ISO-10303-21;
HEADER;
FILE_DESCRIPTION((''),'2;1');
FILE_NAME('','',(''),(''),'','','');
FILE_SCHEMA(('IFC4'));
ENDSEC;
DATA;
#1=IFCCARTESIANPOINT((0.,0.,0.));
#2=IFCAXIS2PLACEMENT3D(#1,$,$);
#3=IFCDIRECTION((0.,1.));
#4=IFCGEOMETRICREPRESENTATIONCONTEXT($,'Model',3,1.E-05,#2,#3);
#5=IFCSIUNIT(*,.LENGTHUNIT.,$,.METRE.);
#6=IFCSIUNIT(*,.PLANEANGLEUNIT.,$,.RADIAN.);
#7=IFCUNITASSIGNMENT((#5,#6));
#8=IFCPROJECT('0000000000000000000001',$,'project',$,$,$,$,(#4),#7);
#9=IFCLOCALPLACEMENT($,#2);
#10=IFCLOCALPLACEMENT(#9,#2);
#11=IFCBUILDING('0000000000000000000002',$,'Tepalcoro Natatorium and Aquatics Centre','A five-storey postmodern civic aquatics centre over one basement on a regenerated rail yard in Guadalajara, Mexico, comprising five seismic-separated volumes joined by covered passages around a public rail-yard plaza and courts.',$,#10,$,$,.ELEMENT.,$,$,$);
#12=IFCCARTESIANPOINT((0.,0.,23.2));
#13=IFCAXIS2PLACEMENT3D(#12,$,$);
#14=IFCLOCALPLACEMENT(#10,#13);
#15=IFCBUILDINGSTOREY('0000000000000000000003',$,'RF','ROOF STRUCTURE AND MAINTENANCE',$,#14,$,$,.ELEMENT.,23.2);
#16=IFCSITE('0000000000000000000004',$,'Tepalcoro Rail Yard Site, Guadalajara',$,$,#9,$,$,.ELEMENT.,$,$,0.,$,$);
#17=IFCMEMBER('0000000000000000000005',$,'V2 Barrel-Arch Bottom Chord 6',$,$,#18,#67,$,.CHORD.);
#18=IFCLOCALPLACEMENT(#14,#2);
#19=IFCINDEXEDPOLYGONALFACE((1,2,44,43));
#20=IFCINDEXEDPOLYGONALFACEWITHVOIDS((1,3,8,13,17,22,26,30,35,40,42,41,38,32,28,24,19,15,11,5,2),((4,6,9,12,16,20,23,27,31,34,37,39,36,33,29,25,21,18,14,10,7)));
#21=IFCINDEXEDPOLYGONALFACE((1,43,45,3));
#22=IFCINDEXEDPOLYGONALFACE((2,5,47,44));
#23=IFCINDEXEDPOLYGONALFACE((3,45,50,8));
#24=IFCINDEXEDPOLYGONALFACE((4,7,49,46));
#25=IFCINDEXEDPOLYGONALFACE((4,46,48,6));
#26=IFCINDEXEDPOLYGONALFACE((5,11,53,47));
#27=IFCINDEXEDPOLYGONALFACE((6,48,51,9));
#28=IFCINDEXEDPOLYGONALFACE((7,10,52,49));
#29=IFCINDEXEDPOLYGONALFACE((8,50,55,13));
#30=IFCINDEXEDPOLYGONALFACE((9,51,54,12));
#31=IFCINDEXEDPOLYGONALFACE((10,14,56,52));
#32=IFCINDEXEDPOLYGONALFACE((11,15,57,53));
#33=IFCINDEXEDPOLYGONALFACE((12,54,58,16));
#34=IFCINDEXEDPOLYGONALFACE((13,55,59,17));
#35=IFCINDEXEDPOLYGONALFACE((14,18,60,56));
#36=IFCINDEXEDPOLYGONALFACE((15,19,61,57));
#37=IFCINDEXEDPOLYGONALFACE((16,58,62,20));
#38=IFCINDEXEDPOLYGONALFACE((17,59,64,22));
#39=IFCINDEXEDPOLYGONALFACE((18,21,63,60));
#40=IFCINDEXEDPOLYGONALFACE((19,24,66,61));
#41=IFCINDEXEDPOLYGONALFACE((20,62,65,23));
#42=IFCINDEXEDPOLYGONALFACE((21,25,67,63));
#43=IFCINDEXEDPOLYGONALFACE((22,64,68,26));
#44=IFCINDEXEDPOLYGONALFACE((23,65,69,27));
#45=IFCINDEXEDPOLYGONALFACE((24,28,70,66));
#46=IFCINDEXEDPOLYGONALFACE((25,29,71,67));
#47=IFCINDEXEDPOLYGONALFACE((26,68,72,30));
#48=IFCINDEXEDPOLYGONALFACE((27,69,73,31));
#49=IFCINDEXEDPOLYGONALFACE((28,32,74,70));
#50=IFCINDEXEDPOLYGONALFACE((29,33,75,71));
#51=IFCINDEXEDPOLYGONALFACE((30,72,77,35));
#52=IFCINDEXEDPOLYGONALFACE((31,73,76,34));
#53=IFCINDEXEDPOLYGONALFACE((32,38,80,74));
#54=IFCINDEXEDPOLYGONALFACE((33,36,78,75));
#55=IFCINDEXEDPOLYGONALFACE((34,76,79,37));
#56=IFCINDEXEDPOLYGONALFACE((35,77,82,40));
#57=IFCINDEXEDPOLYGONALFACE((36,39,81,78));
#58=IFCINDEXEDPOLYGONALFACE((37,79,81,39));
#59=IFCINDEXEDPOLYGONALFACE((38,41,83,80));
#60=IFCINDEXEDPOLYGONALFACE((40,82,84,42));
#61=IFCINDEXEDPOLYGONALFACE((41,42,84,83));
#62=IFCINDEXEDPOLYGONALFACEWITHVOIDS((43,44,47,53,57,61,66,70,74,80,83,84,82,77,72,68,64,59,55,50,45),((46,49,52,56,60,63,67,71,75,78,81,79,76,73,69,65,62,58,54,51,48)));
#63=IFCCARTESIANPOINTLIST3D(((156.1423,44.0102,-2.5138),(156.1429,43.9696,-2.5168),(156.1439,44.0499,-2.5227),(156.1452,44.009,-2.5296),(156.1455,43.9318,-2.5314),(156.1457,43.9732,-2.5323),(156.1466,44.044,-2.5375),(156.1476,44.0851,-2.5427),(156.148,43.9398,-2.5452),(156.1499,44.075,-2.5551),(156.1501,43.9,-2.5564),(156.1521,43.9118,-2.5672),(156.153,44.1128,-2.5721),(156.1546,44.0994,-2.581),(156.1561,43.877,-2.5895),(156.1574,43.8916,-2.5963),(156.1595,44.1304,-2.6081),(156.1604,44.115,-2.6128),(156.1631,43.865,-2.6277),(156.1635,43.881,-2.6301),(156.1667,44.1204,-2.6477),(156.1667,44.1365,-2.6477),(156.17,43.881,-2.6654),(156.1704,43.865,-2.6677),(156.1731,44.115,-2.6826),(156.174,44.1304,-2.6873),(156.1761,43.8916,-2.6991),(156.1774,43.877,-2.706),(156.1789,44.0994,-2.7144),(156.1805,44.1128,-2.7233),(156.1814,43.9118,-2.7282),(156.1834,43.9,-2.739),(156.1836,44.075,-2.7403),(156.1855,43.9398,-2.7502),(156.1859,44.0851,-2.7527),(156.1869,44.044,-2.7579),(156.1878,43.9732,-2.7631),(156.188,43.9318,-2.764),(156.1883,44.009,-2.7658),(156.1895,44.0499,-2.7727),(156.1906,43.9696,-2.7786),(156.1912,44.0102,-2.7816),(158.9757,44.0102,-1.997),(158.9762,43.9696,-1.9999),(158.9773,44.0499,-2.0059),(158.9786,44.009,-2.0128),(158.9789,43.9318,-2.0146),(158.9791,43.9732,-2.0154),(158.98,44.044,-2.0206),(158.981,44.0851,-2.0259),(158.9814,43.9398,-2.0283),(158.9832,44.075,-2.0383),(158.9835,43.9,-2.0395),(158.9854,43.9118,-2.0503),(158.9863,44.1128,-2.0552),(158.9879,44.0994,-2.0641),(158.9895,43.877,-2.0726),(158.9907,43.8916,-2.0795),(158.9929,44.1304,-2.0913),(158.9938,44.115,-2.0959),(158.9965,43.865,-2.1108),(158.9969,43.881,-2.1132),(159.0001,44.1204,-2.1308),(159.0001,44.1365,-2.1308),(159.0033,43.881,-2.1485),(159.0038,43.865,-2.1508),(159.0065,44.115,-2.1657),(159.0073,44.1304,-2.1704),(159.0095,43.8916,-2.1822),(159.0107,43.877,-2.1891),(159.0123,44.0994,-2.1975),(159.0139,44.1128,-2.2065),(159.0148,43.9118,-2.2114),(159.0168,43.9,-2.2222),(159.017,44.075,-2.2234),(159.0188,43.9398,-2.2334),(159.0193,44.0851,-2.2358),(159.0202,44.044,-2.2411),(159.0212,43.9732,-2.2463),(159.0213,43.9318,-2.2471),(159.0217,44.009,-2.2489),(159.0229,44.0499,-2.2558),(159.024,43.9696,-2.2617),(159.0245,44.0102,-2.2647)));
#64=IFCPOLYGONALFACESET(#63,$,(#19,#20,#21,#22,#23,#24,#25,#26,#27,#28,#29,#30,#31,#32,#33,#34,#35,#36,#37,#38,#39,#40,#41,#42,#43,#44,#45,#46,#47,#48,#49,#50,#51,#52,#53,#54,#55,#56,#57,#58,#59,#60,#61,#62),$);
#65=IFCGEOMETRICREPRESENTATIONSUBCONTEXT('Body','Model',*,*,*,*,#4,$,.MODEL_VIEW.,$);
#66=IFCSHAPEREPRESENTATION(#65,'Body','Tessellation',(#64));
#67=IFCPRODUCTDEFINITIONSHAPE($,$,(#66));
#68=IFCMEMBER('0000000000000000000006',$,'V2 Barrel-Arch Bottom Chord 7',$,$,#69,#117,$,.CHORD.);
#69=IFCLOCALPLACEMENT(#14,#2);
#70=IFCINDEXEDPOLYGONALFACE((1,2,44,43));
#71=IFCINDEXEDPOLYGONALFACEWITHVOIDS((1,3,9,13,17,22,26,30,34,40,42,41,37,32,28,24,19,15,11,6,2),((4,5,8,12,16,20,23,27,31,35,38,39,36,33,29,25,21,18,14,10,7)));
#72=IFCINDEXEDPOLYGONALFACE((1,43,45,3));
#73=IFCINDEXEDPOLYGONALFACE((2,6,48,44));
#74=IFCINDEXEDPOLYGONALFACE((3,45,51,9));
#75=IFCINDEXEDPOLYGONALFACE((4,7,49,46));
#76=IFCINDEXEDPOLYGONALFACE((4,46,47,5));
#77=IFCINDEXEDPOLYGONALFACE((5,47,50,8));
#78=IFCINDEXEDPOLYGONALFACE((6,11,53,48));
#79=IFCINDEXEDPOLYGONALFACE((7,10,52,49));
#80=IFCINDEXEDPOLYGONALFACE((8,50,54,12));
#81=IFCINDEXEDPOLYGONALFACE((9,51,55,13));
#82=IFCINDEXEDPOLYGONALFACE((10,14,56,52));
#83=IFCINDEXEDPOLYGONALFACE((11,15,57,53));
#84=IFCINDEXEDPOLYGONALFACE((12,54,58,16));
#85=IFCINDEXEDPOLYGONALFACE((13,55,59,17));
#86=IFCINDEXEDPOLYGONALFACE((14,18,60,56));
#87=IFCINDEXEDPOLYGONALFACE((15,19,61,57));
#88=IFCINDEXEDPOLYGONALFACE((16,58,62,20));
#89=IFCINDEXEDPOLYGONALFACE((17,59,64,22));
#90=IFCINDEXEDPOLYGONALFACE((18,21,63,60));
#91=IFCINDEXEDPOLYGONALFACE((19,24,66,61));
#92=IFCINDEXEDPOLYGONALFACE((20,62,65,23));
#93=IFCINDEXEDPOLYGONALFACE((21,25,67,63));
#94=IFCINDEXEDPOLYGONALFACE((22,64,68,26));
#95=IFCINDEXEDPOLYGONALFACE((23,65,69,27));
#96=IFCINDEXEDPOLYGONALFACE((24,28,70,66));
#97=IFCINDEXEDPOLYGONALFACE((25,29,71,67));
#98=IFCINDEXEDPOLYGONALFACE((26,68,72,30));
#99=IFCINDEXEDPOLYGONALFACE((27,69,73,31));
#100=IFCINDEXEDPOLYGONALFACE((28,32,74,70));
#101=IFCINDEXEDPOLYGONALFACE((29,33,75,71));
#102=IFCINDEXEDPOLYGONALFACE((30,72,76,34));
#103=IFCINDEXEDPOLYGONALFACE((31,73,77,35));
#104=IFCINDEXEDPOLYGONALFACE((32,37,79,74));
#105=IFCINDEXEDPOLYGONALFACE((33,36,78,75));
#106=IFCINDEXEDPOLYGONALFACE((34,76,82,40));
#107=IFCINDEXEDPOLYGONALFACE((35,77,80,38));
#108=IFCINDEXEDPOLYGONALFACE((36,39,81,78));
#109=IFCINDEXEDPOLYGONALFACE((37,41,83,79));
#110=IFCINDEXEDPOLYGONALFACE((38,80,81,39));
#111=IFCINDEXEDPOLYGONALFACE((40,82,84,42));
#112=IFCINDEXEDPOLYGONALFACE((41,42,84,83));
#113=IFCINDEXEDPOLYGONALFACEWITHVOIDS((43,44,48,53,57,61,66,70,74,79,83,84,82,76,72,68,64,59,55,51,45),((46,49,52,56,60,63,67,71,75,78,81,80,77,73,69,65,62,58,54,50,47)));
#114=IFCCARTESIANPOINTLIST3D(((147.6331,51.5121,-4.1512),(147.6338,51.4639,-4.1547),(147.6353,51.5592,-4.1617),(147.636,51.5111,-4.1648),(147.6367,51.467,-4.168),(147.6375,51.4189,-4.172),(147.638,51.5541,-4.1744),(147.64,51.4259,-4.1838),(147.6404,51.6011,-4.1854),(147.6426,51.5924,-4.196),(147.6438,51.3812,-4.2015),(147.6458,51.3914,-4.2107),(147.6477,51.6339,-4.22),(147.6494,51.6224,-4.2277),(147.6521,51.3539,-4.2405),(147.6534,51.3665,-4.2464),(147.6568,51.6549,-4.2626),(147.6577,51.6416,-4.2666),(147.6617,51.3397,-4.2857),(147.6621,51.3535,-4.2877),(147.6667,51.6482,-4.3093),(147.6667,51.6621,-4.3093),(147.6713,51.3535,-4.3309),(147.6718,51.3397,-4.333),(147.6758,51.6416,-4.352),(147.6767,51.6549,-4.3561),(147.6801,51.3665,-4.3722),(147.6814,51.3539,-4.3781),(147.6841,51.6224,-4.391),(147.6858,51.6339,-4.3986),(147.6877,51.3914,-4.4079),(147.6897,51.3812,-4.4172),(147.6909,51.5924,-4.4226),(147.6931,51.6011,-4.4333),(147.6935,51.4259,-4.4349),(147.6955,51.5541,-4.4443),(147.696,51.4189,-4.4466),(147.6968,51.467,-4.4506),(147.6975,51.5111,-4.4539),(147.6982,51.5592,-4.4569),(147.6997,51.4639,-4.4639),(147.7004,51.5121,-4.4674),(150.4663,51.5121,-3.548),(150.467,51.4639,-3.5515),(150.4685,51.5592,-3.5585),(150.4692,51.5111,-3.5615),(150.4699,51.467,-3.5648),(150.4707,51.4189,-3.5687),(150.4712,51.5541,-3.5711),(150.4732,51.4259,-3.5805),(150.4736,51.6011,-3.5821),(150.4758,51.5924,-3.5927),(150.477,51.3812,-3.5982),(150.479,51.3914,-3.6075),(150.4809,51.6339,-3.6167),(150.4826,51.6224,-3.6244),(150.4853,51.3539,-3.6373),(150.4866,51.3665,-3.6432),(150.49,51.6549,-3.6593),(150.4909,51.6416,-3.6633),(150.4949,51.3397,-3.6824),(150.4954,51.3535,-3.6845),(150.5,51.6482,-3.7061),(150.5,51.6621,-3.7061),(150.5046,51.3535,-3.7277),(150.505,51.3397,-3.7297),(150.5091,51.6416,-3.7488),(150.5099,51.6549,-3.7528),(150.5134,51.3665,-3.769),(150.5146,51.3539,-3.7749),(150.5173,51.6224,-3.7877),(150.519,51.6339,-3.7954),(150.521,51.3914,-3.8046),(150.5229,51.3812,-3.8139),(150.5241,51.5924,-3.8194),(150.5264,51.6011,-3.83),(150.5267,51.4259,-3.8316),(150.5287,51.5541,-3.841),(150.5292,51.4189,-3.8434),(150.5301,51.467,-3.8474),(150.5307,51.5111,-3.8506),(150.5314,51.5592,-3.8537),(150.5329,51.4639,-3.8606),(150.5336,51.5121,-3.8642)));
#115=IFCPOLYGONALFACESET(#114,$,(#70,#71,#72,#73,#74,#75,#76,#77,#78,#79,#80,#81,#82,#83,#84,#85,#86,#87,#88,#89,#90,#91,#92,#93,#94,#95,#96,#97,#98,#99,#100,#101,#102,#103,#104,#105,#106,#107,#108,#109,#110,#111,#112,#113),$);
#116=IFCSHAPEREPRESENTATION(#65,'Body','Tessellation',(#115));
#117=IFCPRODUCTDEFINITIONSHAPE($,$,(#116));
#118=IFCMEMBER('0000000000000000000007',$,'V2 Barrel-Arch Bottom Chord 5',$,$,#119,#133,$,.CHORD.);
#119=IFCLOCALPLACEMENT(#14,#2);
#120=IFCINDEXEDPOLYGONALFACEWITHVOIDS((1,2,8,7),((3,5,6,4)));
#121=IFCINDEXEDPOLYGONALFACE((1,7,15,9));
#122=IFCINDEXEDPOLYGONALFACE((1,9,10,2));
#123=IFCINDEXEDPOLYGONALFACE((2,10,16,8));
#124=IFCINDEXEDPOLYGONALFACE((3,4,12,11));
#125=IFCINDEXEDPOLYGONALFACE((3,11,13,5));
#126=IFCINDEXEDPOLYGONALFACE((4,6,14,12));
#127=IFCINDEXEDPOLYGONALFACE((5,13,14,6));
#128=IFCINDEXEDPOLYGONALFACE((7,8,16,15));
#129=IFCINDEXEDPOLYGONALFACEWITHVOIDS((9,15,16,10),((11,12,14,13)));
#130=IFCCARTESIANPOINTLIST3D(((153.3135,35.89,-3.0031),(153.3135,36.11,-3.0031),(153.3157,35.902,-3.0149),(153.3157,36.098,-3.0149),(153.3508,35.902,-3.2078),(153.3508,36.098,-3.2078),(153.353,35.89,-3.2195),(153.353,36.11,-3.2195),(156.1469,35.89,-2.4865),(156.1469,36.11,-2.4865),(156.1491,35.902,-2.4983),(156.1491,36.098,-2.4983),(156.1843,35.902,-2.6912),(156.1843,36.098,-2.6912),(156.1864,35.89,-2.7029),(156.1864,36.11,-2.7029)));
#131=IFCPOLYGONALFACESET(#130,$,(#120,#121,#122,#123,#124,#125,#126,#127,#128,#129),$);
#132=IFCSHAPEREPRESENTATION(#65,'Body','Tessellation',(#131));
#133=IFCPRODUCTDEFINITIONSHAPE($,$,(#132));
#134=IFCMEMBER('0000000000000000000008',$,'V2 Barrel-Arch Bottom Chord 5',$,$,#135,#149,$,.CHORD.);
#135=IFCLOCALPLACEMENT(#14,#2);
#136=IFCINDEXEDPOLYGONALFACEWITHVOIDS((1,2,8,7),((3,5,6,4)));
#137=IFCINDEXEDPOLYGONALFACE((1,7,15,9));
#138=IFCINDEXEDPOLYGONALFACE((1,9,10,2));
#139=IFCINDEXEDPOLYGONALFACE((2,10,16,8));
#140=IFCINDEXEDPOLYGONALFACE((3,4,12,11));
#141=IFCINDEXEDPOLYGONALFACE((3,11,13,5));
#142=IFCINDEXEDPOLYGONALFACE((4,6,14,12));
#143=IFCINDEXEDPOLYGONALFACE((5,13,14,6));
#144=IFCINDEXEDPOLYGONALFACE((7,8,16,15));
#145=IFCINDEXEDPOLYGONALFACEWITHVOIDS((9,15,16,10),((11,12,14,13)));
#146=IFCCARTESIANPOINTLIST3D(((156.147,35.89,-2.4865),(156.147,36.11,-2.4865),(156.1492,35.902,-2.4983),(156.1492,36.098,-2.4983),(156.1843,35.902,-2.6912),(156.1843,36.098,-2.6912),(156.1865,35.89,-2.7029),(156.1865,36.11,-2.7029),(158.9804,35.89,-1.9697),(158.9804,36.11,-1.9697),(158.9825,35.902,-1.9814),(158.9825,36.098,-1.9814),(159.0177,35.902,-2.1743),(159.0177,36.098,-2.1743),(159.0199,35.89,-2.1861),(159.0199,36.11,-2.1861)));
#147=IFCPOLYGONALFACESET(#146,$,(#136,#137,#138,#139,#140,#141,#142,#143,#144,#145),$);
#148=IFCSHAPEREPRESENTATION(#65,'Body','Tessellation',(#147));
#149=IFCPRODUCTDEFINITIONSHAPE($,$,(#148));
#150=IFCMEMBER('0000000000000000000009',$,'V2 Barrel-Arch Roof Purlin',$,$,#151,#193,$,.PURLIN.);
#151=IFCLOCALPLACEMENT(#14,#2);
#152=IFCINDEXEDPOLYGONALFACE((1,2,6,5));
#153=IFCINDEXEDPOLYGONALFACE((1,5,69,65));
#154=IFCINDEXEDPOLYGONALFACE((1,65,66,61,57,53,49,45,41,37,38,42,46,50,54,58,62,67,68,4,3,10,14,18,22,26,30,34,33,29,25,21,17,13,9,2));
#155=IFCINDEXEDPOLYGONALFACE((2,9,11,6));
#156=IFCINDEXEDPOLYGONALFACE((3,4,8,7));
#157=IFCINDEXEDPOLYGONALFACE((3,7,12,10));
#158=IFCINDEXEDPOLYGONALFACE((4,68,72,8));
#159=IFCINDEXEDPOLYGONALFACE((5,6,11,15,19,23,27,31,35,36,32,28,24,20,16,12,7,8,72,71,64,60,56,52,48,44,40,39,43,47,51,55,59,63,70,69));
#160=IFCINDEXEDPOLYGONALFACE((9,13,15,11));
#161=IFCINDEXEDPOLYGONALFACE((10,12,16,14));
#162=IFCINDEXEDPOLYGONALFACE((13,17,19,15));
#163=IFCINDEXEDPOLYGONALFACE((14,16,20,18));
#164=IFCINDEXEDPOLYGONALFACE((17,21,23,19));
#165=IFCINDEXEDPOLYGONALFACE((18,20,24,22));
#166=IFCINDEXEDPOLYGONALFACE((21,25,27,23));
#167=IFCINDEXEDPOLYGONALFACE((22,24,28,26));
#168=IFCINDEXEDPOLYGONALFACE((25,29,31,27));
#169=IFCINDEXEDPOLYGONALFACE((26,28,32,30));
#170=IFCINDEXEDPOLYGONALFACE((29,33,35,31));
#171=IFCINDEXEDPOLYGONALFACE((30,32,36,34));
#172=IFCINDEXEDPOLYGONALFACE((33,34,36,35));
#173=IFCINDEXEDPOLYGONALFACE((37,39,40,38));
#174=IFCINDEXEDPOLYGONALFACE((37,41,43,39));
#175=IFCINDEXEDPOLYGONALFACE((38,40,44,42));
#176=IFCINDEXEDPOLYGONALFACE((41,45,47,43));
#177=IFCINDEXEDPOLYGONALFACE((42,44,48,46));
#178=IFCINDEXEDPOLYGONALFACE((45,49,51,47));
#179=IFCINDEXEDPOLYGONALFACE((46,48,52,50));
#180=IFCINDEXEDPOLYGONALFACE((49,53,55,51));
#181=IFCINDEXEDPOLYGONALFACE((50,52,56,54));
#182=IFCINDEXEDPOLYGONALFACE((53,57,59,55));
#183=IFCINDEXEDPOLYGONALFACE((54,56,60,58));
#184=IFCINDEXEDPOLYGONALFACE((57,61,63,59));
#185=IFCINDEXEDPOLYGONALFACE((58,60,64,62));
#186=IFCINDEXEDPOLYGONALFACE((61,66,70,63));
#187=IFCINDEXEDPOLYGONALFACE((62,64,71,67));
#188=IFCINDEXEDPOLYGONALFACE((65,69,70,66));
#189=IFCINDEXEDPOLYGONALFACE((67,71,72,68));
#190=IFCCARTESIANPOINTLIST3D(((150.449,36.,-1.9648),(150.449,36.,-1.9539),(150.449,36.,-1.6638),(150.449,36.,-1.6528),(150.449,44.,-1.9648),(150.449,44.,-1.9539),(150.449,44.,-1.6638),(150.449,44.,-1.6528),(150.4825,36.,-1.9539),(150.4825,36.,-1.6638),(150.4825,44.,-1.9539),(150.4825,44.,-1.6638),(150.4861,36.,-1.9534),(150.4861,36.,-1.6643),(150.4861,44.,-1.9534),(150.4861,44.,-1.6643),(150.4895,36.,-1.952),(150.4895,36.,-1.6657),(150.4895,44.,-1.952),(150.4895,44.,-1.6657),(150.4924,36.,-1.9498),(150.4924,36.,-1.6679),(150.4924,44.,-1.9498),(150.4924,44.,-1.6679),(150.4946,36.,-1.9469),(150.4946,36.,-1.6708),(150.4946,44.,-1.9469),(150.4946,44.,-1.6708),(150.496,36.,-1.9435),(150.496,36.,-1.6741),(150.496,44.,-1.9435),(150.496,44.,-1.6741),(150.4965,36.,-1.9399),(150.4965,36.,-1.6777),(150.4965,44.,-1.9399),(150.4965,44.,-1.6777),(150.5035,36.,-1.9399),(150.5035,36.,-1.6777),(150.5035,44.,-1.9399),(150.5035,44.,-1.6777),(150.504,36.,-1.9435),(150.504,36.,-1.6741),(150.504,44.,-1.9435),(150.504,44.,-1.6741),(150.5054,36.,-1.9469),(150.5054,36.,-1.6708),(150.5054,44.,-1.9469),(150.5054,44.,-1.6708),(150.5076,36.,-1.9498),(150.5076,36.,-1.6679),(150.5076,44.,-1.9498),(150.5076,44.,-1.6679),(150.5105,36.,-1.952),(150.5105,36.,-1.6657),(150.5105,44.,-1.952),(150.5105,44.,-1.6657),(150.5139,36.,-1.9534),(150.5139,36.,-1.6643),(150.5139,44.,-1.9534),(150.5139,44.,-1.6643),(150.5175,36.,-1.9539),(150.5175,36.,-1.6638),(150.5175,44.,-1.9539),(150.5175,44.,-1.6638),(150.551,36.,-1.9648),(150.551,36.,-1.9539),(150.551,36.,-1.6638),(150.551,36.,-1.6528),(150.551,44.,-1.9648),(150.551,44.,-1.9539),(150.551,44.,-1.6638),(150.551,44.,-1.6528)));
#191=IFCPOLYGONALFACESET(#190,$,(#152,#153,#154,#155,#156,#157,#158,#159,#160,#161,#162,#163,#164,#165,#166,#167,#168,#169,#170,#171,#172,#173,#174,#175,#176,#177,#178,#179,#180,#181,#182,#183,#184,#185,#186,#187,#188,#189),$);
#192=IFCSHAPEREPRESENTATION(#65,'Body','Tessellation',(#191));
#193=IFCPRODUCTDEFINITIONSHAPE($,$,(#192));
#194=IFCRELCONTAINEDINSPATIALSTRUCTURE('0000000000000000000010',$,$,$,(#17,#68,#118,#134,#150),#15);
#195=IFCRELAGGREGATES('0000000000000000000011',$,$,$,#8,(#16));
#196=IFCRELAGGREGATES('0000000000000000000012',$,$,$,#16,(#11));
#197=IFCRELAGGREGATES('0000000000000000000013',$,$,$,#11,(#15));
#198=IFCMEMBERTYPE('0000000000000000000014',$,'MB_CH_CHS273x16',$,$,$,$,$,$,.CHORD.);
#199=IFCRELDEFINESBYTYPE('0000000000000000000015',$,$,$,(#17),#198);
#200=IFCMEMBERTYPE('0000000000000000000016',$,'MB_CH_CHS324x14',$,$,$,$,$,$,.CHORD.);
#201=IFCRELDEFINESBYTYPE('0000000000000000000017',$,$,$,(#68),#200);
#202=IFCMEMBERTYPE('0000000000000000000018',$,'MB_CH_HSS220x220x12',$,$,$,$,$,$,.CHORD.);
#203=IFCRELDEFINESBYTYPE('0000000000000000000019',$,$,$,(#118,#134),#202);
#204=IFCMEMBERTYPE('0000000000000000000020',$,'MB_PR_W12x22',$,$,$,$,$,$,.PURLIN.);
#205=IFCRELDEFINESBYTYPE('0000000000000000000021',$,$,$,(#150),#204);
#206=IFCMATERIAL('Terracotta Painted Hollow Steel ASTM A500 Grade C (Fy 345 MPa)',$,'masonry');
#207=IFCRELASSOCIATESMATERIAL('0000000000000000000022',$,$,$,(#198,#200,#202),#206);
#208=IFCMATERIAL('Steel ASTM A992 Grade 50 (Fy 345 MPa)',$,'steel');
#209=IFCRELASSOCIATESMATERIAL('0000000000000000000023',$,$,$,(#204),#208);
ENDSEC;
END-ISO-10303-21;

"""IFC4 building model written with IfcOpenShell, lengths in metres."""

from ifc_helpers import new_model, si_unit, direction, frame, origin, origin_2d, place, context, subcontext, project, spatial, hollow_rectangle, hollow_circle, i_section, extrude, material, material_profile, profile_set, type_object, element, save


model = new_model("IFC4")

# Units and contexts
model_context = context("Model", 3, precision=1e-05, world=origin(), true_north=direction((0.0, 1.0)))
body_context = subcontext(model_context, "Body", "Model", "MODEL_VIEW")
ifc_project = project(units=[si_unit("LENGTHUNIT", "METRE"), si_unit("PLANEANGLEUNIT", "RADIAN")], contexts=[model_context])

# Site, building, storey
site_placement = place(None, origin())
site = spatial("IfcSite", under=ifc_project, at=site_placement, Name="Tepalcoro Rail Yard Site, Guadalajara", CompositionType="ELEMENT", RefElevation=0.0)
building_placement = place(site_placement, origin())
building = spatial("IfcBuilding", under=site, at=building_placement, Name="Tepalcoro Natatorium and Aquatics Centre", Description="A five-storey postmodern civic aquatics centre over one basement on a regenerated rail yard in Guadalajara, Mexico, comprising five seismic-separated volumes joined by covered passages around a public rail-yard plaza and courts.", CompositionType="ELEMENT")
storey_placement = place(building_placement, frame((0.0, 0.0, 23.2)))
storey = spatial("IfcBuildingStorey", under=building, at=storey_placement, Name="RF", Description="ROOF STRUCTURE AND MAINTENANCE", CompositionType="ELEMENT", Elevation=23.2)

# Shared definitions
ifc_material_1 = material(Name="Terracotta Painted Hollow Steel ASTM A500 Grade C (Fy 345 MPa)", Category="masonry")

# Members
ifc_material_profile_1 = material_profile(ifc_material_1, hollow_circle(Radius=0.1365, WallThickness=0.0161, at=origin_2d()), Name="CHS273X16")
ifc_profile_set_1 = profile_set([ifc_material_profile_1], Name="Terracotta Painted Hollow Steel ASTM A500 Grade C (Fy 345 MPa)")
member_type_1 = type_object("IfcMemberType", Name="MB_CH_CHS273x16", PredefinedType="CHORD", material=ifc_profile_set_1)
for number, where, z_axis, x_axis, name in (
    (1, (156.1667, 44.0, -2.6477), (0.983765, 0.0, 0.17946), (0.0, 1.0, 0.0), "V2 Barrel-Arch Bottom Chord 6"),
):
    element("IfcMember", number, at=place(storey_placement, frame(where, z_axis=z_axis, x_axis=x_axis)), inside=storey, type_object=member_type_1, Name=name, PredefinedType="CHORD", context=body_context, shape_type="SweptSolid", body=[
        extrude(hollow_circle(Radius=0.1365, WallThickness=0.0161, at=origin_2d()), origin(), (0.0, 0.0, 1.0), 2.8801),
    ])
ifc_material_profile_2 = material_profile(ifc_material_1, hollow_circle(Radius=0.1621, WallThickness=0.0139, at=origin_2d()), Name="CHS324X14")
ifc_profile_set_2 = profile_set([ifc_material_profile_2], Name="Terracotta Painted Hollow Steel ASTM A500 Grade C (Fy 345 MPa)")
member_type_2 = type_object("IfcMemberType", Name="MB_CH_CHS324x14", PredefinedType="CHORD", material=ifc_profile_set_2)
member_1_placement = place(storey_placement, frame((147.6667, 51.5, -4.3093), z_axis=(0.978074, 0.0, 0.208257), x_axis=(0.0, 1.0, 0.0)))
element("IfcMember", 2, at=member_1_placement, inside=storey, type_object=member_type_2, Name="V2 Barrel-Arch Bottom Chord 7", PredefinedType="CHORD", context=body_context, shape_type="SweptSolid", body=[
    extrude(hollow_circle(Radius=0.1621, WallThickness=0.0139, at=origin_2d()), origin(), (0.0, 0.0, 1.0), 2.8967),
])
ifc_material_profile_3 = material_profile(ifc_material_1, hollow_rectangle(XDim=0.22, YDim=0.22, WallThickness=0.012, at=origin_2d()), Name="HSS220X220X12")
ifc_profile_set_3 = profile_set([ifc_material_profile_3], Name="Terracotta Painted Hollow Steel ASTM A500 Grade C (Fy 345 MPa)")
member_type_3 = type_object("IfcMemberType", Name="MB_CH_HSS220x220x12", PredefinedType="CHORD", material=ifc_profile_set_3)
for number, where, z_axis, x_axis, name in (
    (3, (153.3333, 36.0, -3.1113), (0.983783, 0.0, 0.179363), (0.0, 1.0, 0.0), "V2 Barrel-Arch Bottom Chord 5"),
    (4, (156.1667, 36.0, -2.5947), (0.983765, 0.0, 0.17946), (0.0, 1.0, 0.0), "V2 Barrel-Arch Bottom Chord 5"),
):
    element("IfcMember", number, at=place(storey_placement, frame(where, z_axis=z_axis, x_axis=x_axis)), inside=storey, type_object=member_type_3, Name=name, PredefinedType="CHORD", context=body_context, shape_type="SweptSolid", body=[
        extrude(hollow_rectangle(XDim=0.22, YDim=0.22, WallThickness=0.012, at=origin_2d()), origin(), (0.0, 0.0, 1.0), 2.8801),
    ])
ifc_material_2 = material(Name="Steel ASTM A992 Grade 50 (Fy 345 MPa)", Category="steel")
ifc_material_profile_4 = material_profile(ifc_material_2, i_section(OverallWidth=0.1021, OverallDepth=0.312, WebThickness=0.0071, FlangeThickness=0.011, FilletRadius=0.0139, at=origin_2d()), Name="W12X22")
ifc_profile_set_4 = profile_set([ifc_material_profile_4], Name="Steel ASTM A992 Grade 50 (Fy 345 MPa)")
member_type_4 = type_object("IfcMemberType", Name="MB_PR_W12x22", PredefinedType="PURLIN", material=ifc_profile_set_4)
member_2_placement = place(storey_placement, frame((150.5, 36.0, -1.8088), z_axis=(0.0, 1.0, 0.0), x_axis=(-1.0, 0.0, 0.0)))
element("IfcMember", 5, at=member_2_placement, inside=storey, type_object=member_type_4, Name="V2 Barrel-Arch Roof Purlin", PredefinedType="PURLIN", context=body_context, shape_type="SweptSolid", body=[
    extrude(i_section(OverallWidth=0.1021, OverallDepth=0.312, WebThickness=0.0071, FlangeThickness=0.011, FilletRadius=0.0139, at=origin_2d()), origin(), (0.0, 0.0, 1.0), 8.0),
])

save(model, "model.ifc")
